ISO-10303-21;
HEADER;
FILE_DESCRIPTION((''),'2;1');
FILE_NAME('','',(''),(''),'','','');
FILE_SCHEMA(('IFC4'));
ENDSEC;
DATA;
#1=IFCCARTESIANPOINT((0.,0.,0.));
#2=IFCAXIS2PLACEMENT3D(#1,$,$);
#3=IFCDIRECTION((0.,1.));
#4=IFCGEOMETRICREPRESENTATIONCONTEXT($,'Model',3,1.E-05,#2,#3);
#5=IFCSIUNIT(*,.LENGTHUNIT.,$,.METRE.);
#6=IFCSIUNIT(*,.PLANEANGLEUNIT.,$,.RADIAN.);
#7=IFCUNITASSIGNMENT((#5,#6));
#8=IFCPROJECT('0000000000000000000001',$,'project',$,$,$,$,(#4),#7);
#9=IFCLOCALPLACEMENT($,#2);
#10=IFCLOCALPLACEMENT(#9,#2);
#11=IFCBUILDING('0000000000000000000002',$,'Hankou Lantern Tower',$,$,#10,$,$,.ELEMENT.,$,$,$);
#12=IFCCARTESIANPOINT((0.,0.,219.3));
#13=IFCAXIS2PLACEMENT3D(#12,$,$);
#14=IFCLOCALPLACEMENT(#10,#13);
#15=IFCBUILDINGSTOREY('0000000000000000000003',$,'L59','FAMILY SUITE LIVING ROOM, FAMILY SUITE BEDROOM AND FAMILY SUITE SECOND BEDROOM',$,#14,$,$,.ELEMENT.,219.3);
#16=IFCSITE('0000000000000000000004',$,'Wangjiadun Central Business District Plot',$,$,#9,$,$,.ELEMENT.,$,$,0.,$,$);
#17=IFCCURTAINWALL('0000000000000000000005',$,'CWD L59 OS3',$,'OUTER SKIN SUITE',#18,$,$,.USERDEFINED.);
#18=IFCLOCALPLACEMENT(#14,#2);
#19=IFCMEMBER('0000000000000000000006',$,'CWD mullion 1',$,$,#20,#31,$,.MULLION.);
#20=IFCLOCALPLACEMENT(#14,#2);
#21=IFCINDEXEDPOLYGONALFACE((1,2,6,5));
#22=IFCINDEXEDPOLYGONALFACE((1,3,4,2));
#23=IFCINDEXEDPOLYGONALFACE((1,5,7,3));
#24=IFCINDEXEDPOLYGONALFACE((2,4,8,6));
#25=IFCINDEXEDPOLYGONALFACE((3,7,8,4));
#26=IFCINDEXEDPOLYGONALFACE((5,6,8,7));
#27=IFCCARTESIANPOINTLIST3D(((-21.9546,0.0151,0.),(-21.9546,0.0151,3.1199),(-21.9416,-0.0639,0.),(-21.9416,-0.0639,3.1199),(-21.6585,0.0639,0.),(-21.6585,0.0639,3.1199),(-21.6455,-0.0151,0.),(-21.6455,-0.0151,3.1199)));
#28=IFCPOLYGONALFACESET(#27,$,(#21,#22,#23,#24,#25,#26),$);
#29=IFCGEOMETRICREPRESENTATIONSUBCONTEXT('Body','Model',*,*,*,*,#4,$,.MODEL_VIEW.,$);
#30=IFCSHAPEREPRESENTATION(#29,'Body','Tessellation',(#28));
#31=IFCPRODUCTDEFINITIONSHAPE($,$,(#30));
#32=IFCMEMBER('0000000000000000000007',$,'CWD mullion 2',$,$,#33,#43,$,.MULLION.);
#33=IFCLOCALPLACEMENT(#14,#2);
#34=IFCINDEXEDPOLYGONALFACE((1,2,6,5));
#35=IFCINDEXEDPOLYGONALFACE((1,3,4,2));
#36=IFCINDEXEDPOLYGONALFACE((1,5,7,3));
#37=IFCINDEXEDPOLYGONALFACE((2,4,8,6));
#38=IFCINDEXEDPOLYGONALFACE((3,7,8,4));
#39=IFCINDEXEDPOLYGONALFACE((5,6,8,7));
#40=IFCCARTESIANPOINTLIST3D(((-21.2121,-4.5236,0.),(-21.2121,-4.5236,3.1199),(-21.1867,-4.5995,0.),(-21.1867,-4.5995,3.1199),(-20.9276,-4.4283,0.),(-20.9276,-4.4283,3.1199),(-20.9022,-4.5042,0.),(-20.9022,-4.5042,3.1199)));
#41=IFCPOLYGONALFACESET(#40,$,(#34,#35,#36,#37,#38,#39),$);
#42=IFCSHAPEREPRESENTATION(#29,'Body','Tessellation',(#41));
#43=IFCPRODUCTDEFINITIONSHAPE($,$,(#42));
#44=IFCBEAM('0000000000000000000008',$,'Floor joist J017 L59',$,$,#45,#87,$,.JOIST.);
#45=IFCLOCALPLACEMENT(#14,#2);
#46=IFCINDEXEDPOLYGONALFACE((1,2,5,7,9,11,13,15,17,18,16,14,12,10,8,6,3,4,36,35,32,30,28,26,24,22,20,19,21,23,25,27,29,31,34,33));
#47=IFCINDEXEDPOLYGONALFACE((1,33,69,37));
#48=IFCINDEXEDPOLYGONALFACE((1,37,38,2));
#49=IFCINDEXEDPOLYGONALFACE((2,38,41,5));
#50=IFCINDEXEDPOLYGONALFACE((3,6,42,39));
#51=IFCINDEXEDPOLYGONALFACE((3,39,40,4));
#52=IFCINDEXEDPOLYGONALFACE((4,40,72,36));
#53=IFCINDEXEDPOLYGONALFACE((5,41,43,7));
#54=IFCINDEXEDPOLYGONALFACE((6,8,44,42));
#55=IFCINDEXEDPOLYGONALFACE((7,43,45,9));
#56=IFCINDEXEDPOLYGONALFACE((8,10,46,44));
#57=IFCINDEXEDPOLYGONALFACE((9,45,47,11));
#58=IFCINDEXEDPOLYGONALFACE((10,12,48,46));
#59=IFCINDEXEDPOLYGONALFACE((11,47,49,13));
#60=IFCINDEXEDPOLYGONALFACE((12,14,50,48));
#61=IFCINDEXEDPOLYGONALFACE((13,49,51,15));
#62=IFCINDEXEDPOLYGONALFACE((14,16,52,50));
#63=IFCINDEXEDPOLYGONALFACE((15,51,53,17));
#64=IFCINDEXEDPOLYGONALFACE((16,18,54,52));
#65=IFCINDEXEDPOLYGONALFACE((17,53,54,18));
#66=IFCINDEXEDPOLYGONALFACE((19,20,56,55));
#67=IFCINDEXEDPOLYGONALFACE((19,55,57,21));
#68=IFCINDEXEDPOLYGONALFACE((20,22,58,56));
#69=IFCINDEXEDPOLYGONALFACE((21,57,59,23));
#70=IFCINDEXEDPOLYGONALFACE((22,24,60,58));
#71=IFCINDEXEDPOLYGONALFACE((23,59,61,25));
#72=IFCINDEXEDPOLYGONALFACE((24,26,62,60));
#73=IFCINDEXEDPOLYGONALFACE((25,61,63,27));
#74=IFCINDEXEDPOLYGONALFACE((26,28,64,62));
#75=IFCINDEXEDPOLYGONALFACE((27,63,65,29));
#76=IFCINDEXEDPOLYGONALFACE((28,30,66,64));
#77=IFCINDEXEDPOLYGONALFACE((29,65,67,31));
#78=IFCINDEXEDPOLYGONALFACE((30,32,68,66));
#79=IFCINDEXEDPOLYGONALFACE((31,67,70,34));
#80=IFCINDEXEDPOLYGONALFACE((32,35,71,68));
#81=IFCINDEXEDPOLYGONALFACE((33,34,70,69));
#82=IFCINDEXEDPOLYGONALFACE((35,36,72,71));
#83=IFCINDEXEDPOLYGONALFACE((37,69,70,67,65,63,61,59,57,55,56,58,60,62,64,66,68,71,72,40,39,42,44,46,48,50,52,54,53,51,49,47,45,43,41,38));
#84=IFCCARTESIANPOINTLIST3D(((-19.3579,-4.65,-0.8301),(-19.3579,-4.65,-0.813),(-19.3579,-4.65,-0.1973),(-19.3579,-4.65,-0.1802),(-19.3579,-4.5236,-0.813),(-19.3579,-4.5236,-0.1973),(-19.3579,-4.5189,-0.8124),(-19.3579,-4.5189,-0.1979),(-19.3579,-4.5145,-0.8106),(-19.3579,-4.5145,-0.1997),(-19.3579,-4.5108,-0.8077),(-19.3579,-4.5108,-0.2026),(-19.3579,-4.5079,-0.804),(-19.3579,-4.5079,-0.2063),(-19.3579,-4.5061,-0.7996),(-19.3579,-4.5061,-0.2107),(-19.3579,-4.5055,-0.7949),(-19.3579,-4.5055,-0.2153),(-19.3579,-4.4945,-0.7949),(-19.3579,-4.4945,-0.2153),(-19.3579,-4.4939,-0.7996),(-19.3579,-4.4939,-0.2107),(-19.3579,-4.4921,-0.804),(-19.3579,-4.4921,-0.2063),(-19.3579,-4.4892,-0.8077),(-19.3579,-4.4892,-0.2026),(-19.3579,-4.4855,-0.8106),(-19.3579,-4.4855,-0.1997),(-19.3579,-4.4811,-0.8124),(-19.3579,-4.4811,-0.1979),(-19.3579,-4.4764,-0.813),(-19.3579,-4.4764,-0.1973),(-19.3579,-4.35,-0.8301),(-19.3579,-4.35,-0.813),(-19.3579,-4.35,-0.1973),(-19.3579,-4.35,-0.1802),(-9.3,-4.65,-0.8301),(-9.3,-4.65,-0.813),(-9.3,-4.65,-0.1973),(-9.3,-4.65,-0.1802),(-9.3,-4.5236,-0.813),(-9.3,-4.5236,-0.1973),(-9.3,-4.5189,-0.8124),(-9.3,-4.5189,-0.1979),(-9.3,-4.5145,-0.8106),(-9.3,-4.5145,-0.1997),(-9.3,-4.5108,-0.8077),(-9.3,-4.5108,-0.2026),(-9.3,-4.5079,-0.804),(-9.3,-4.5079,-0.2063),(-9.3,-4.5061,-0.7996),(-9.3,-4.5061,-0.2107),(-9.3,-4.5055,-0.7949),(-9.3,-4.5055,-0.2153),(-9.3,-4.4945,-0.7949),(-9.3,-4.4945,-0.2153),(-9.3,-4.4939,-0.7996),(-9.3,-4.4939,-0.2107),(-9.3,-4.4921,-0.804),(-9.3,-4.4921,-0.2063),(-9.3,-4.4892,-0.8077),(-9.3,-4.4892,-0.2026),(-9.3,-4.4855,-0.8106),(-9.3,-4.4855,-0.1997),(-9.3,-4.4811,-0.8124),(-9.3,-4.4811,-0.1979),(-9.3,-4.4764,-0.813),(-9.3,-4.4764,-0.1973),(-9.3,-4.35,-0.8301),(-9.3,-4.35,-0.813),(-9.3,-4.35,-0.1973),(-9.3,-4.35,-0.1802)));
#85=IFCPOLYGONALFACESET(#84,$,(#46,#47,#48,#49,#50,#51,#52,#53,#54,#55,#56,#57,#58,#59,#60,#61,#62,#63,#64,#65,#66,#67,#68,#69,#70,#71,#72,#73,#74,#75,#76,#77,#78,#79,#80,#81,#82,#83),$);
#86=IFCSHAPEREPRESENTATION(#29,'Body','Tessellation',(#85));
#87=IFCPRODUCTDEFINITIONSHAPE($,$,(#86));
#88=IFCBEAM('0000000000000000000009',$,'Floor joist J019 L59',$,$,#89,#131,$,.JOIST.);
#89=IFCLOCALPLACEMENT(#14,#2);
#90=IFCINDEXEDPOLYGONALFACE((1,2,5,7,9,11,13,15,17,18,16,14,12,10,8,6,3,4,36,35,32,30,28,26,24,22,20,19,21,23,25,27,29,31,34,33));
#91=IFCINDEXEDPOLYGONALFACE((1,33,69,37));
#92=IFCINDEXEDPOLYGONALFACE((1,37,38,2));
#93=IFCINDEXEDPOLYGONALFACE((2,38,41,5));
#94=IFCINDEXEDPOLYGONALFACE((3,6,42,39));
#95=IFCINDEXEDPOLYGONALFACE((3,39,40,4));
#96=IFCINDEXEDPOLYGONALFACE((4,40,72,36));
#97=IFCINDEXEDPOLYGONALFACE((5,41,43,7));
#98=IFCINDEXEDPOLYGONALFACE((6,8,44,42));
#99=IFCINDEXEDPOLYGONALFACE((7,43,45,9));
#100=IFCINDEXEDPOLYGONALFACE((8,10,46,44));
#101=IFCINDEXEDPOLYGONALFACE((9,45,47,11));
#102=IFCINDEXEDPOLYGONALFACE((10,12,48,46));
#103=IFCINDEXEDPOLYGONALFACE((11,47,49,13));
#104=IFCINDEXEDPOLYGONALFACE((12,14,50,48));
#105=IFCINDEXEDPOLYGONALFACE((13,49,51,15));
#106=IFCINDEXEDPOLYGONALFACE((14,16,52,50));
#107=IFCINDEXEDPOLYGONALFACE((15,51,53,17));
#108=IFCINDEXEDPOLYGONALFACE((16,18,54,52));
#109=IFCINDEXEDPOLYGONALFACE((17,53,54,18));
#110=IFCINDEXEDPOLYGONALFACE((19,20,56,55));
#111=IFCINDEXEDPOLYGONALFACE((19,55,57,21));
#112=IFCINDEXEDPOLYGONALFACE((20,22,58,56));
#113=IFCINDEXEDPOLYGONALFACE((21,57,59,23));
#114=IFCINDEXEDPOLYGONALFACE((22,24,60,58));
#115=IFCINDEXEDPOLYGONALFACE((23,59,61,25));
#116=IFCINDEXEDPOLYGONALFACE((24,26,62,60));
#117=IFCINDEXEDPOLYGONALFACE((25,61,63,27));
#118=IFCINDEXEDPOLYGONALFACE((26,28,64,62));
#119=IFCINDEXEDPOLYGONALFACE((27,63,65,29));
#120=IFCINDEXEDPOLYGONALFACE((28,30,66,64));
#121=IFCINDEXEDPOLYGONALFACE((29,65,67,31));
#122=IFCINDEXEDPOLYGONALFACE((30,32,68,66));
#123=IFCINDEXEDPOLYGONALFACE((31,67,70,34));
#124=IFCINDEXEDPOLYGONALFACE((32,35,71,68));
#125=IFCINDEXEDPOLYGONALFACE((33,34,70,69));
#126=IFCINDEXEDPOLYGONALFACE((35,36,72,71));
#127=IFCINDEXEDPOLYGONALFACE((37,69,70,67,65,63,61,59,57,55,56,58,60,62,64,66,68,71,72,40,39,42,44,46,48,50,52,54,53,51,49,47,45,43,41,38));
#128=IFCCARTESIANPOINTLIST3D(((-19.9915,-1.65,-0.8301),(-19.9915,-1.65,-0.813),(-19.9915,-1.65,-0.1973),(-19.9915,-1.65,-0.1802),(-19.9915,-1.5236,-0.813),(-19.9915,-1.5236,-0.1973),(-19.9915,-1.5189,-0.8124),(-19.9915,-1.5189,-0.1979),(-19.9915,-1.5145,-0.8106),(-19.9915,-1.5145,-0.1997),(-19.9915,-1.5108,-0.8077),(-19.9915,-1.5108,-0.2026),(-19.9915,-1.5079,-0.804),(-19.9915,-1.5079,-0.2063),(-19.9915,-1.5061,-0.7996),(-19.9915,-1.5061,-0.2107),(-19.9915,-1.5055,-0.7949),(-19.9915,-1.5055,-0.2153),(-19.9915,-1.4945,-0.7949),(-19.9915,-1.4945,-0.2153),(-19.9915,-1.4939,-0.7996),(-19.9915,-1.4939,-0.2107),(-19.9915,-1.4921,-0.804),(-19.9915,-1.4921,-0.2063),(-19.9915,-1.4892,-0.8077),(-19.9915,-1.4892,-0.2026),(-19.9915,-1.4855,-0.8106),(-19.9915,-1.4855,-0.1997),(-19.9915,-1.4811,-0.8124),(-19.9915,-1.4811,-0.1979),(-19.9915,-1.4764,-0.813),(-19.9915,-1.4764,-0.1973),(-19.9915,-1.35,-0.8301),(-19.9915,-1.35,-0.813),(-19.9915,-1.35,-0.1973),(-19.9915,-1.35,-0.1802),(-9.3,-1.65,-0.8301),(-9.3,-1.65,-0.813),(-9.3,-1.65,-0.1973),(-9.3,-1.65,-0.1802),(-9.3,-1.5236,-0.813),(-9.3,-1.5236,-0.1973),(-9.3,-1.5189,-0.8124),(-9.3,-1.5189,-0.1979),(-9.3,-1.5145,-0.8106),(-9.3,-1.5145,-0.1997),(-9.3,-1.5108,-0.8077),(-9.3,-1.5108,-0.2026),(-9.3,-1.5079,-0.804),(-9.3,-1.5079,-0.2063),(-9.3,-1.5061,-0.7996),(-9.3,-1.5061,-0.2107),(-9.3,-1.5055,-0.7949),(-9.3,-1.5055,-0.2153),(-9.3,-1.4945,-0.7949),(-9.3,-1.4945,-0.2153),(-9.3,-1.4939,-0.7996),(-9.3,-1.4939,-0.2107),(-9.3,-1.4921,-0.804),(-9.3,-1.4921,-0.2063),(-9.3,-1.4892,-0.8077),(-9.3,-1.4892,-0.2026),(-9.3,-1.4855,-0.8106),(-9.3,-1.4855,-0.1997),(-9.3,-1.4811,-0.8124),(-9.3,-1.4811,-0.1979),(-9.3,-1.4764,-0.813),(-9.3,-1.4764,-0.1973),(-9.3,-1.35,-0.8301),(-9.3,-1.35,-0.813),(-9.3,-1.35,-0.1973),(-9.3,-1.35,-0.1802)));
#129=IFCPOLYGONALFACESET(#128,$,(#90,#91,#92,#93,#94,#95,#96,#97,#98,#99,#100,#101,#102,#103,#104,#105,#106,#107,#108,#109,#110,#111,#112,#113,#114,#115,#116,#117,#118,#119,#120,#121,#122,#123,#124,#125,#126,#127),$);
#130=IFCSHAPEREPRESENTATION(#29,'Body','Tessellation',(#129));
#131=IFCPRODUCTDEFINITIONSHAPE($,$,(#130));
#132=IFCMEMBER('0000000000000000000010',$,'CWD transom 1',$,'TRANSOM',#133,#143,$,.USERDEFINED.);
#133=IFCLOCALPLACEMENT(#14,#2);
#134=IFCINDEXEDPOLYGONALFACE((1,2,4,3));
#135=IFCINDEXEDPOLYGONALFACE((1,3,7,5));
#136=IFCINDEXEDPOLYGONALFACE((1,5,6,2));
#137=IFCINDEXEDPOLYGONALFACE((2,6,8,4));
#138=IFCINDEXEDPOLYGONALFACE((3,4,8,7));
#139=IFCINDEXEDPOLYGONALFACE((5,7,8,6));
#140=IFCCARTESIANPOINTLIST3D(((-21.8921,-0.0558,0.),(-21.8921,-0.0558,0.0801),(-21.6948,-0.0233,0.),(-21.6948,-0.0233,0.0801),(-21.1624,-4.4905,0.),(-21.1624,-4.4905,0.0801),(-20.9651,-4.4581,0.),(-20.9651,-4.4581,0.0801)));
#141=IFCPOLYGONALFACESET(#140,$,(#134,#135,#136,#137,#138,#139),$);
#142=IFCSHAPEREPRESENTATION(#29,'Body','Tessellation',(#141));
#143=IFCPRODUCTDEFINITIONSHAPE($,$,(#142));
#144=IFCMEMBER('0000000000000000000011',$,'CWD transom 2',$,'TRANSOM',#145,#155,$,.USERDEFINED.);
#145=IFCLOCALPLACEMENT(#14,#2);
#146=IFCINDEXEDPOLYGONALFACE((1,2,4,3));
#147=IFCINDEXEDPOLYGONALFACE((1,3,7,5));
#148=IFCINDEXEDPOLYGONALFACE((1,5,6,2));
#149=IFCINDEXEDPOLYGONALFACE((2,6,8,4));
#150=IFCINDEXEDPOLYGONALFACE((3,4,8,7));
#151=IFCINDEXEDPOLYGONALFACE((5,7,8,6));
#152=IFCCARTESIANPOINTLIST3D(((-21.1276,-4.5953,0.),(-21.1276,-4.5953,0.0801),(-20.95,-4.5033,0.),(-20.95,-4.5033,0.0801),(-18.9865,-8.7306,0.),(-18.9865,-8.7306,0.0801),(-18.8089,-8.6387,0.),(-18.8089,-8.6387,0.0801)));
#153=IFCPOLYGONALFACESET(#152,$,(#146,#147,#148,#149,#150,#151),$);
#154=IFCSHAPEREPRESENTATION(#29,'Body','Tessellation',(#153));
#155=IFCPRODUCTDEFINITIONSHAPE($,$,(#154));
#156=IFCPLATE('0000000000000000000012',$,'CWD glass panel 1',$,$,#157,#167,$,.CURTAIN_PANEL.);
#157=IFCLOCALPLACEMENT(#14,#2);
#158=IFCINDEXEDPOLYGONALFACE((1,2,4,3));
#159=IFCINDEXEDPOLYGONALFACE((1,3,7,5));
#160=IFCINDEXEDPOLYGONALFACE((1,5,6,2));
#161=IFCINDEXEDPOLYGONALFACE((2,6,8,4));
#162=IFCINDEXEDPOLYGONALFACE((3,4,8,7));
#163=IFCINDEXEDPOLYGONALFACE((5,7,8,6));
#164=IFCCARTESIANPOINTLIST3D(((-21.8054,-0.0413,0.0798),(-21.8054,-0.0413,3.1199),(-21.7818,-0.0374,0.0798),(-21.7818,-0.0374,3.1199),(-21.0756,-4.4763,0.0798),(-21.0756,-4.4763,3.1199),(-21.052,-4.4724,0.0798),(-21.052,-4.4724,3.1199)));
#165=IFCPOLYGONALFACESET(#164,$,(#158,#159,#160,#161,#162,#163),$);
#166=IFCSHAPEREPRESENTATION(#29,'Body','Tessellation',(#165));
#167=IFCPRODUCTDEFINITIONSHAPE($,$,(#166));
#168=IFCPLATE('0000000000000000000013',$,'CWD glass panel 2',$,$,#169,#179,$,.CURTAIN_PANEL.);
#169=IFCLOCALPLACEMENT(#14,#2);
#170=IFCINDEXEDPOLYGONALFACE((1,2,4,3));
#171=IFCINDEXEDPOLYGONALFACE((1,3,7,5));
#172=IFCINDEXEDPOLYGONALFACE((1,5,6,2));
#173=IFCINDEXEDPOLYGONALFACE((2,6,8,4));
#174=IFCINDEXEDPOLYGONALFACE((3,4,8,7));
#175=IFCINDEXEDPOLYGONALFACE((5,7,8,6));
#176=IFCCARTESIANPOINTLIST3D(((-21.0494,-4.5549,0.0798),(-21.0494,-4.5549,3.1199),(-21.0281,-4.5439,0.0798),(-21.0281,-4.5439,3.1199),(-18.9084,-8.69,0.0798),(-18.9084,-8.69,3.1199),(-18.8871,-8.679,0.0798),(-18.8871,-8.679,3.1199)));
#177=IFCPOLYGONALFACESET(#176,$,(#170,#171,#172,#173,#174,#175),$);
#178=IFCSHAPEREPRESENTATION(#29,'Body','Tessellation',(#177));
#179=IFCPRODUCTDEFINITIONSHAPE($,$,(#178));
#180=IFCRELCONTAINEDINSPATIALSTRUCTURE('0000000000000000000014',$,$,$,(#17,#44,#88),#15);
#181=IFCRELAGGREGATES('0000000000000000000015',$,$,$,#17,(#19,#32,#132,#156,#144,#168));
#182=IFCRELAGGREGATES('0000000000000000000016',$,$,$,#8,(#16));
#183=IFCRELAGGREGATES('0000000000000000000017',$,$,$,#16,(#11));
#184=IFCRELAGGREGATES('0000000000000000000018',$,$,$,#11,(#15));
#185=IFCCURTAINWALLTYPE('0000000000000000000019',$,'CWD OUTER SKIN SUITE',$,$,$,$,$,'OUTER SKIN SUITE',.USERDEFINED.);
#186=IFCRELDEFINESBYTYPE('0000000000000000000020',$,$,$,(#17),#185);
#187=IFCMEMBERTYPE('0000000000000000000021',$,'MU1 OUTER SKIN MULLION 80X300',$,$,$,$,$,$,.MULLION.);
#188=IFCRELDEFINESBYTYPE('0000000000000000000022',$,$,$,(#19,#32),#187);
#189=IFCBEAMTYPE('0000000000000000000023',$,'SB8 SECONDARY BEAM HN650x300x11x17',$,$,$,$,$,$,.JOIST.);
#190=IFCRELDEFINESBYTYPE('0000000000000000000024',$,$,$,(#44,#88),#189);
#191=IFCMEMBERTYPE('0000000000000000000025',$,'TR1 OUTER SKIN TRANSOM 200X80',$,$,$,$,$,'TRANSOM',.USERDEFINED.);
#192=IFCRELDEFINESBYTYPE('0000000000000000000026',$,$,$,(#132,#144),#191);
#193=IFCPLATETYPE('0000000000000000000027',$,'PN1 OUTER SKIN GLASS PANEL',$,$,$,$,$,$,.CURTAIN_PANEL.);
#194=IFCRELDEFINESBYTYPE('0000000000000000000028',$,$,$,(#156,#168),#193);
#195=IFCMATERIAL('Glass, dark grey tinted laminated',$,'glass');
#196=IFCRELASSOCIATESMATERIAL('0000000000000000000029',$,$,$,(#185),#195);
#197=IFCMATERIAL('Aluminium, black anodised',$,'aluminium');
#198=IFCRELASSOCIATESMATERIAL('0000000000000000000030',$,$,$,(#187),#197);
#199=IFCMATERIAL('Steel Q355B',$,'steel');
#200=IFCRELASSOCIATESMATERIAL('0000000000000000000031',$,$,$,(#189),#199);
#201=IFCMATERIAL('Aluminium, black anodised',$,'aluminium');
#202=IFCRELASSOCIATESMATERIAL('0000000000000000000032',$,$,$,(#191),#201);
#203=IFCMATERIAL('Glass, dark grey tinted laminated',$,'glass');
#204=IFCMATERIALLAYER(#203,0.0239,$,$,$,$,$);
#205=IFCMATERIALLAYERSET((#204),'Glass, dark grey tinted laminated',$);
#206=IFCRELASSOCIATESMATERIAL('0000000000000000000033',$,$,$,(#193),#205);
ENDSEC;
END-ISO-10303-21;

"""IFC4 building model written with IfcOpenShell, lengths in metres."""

from ifc_helpers import new_model, si_unit, direction, frame, origin, origin_2d, place, context, subcontext, project, spatial, rectangle, i_section, extrude, material, layer, layer_set, material_profile, profile_set, type_object, element, aggregate, save


model = new_model("IFC4")

# Units and contexts
model_context = context("Model", 3, precision=1e-05, world=origin(), true_north=direction((0.0, 1.0)))
body_context = subcontext(model_context, "Body", "Model", "MODEL_VIEW")
ifc_project = project(units=[si_unit("LENGTHUNIT", "METRE"), si_unit("PLANEANGLEUNIT", "RADIAN")], contexts=[model_context])

# Site, building, storey
site_placement = place(None, origin())
site = spatial("IfcSite", under=ifc_project, at=site_placement, Name="Wangjiadun Central Business District Plot", CompositionType="ELEMENT", RefElevation=0.0)
building_placement = place(site_placement, origin())
building = spatial("IfcBuilding", under=site, at=building_placement, Name="Hankou Lantern Tower", CompositionType="ELEMENT")
storey_placement = place(building_placement, frame((0.0, 0.0, 219.3)))
storey = spatial("IfcBuildingStorey", under=building, at=storey_placement, Name="L59", Description="FAMILY SUITE LIVING ROOM, FAMILY SUITE BEDROOM AND FAMILY SUITE SECOND BEDROOM", CompositionType="ELEMENT", Elevation=219.3)

# Curtain wall, members
ifc_material_1 = material(Name="Glass, dark grey tinted laminated", Category="glass")
curtain_wall_type = type_object("IfcCurtainWallType", Name="CWD OUTER SKIN SUITE", ElementType="OUTER SKIN SUITE", PredefinedType="USERDEFINED", material=ifc_material_1)
curtain_wall_placement = place(storey_placement, origin())
curtain_wall = element("IfcCurtainWall", 1, at=curtain_wall_placement, inside=storey, type_object=curtain_wall_type, Name="CWD L59 OS3", ObjectType="OUTER SKIN SUITE", PredefinedType="USERDEFINED")
ifc_material_2 = material(Name="Aluminium, black anodised", Category="aluminium")
ifc_material_profile_1 = material_profile(ifc_material_2, rectangle(XDim=0.0801, YDim=0.3, at=origin_2d()), Name="MU1 80X300")
ifc_profile_set_1 = profile_set([ifc_material_profile_1], Name="Aluminium, black anodised")
member_type_1 = type_object("IfcMemberType", Name="MU1 OUTER SKIN MULLION 80X300", PredefinedType="MULLION", material=ifc_profile_set_1)
member_1_placement = place(storey_placement, frame((-21.8, 0.0, 0.0), z_axis=(0.0, 0.0, 1.0), x_axis=(0.162382, -0.986728, 0.0)))
member_1 = element("IfcMember", 2, at=member_1_placement, type_object=member_type_1, Name="CWD mullion 1", PredefinedType="MULLION", context=body_context, shape_type="SweptSolid", body=[
    extrude(rectangle(XDim=0.0801, YDim=0.3, at=origin_2d()), origin(), (0.0, 0.0, 1.0), 3.1199),
])
member_2_placement = place(storey_placement, frame((-21.0571, -4.5139, 0.0), z_axis=(0.0, 0.0, 1.0), x_axis=(0.317596, -0.948226, 0.0)))
member_2 = element("IfcMember", 3, at=member_2_placement, type_object=member_type_1, Name="CWD mullion 2", PredefinedType="MULLION", context=body_context, shape_type="SweptSolid", body=[
    extrude(rectangle(XDim=0.0801, YDim=0.3, at=origin_2d()), origin(), (0.0, 0.0, 1.0), 3.1199),
])

# Beams
ifc_material_3 = material(Name="Steel Q355B", Category="steel")
ifc_material_profile_2 = material_profile(ifc_material_3, i_section(OverallWidth=0.3, OverallDepth=0.6499, WebThickness=0.011, FlangeThickness=0.0171, FilletRadius=0.0181, at=origin_2d()), Name="HN650x300x11x17")
ifc_profile_set_2 = profile_set([ifc_material_profile_2], Name="Steel Q355B")
beam_type_1 = type_object("IfcBeamType", Name="SB8 SECONDARY BEAM HN650x300x11x17", PredefinedType="JOIST", material=ifc_profile_set_2)
beam_1_placement = place(storey_placement, frame((-19.3579, -4.5, -0.5051), z_axis=(1.0, 0.0, 0.0), x_axis=(0.0, 1.0, 0.0)))
element("IfcBeam", 4, at=beam_1_placement, inside=storey, type_object=beam_type_1, Name="Floor joist J017 L59", PredefinedType="JOIST", context=body_context, shape_type="SweptSolid", body=[
    extrude(i_section(OverallWidth=0.3, OverallDepth=0.6499, WebThickness=0.011, FlangeThickness=0.0171, FilletRadius=0.0181, at=origin_2d()), origin(), (0.0, 0.0, 1.0), 10.0579),
])
beam_2_placement = place(storey_placement, frame((-19.9915, -1.5, -0.5051), z_axis=(1.0, 0.0, 0.0), x_axis=(0.0, 1.0, 0.0)))
element("IfcBeam", 5, at=beam_2_placement, inside=storey, type_object=beam_type_1, Name="Floor joist J019 L59", PredefinedType="JOIST", context=body_context, shape_type="SweptSolid", body=[
    extrude(i_section(OverallWidth=0.3, OverallDepth=0.6499, WebThickness=0.011, FlangeThickness=0.0171, FilletRadius=0.0181, at=origin_2d()), origin(), (0.0, 0.0, 1.0), 10.6914),
])

# Members
ifc_material_4 = material(Name="Aluminium, black anodised", Category="aluminium")
ifc_material_profile_3 = material_profile(ifc_material_4, rectangle(XDim=0.2, YDim=0.0801, at=origin_2d()), Name="TR1 200X80")
ifc_profile_set_3 = profile_set([ifc_material_profile_3], Name="Aluminium, black anodised")
member_type_2 = type_object("IfcMemberType", Name="TR1 OUTER SKIN TRANSOM 200X80", ElementType="TRANSOM", PredefinedType="USERDEFINED", material=ifc_profile_set_3)
member_3_placement = place(storey_placement, frame((-21.7935, -0.0396, 0.04), z_axis=(0.162364, -0.986731, 0.0), x_axis=(0.986731, 0.162364, 0.0)))
member_3 = element("IfcMember", 6, at=member_3_placement, type_object=member_type_2, Name="CWD transom 1", ObjectType="TRANSOM", PredefinedType="USERDEFINED", context=body_context, shape_type="SweptSolid", body=[
    extrude(rectangle(XDim=0.2, YDim=0.0801, at=origin_2d()), origin(), (0.0, 0.0, 1.0), 4.4944),
])
member_4_placement = place(storey_placement, frame((-21.0388, -4.5493, 0.04), z_axis=(0.459794, -0.888026, 0.0), x_axis=(0.888026, 0.459794, 0.0)))
member_4 = element("IfcMember", 7, at=member_4_placement, type_object=member_type_2, Name="CWD transom 2", ObjectType="TRANSOM", PredefinedType="USERDEFINED", context=body_context, shape_type="SweptSolid", body=[
    extrude(rectangle(XDim=0.2, YDim=0.0801, at=origin_2d()), origin(), (0.0, 0.0, 1.0), 4.6567),
])

# Plates
ifc_material_5 = material(Name="Glass, dark grey tinted laminated", Category="glass")
ifc_layer_1 = layer(ifc_material_5, 0.0239)
ifc_layer_set_1 = layer_set([ifc_layer_1], Name="Glass, dark grey tinted laminated")
plate_type = type_object("IfcPlateType", Name="PN1 OUTER SKIN GLASS PANEL", PredefinedType="CURTAIN_PANEL", material=ifc_layer_set_1)
plate_1_placement = place(storey_placement, frame((-21.4287, -2.2568, 0.0798), z_axis=(0.0, 0.0, 1.0), x_axis=(0.162382, -0.986728, 0.0)))
plate_1 = element("IfcPlate", 8, at=plate_1_placement, type_object=plate_type, Name="CWD glass panel 1", PredefinedType="CURTAIN_PANEL", context=body_context, shape_type="SweptSolid", body=[
    extrude(rectangle(XDim=4.4946, YDim=0.0239, at=origin_2d()), origin(), (0.0, 0.0, 1.0), 3.04),
])
plate_2_placement = place(storey_placement, frame((-19.9683, -6.6169, 0.0798), z_axis=(0.0, 0.0, 1.0), x_axis=(0.459791, -0.888027, 0.0)))
plate_2 = element("IfcPlate", 9, at=plate_2_placement, type_object=plate_type, Name="CWD glass panel 2", PredefinedType="CURTAIN_PANEL", context=body_context, shape_type="SweptSolid", body=[
    extrude(rectangle(XDim=4.6565, YDim=0.0239, at=origin_2d()), origin(), (0.0, 0.0, 1.0), 3.04),
])
aggregate(curtain_wall, [member_1, member_2, member_3, plate_1, member_4, plate_2])

save(model, "model.ifc")
